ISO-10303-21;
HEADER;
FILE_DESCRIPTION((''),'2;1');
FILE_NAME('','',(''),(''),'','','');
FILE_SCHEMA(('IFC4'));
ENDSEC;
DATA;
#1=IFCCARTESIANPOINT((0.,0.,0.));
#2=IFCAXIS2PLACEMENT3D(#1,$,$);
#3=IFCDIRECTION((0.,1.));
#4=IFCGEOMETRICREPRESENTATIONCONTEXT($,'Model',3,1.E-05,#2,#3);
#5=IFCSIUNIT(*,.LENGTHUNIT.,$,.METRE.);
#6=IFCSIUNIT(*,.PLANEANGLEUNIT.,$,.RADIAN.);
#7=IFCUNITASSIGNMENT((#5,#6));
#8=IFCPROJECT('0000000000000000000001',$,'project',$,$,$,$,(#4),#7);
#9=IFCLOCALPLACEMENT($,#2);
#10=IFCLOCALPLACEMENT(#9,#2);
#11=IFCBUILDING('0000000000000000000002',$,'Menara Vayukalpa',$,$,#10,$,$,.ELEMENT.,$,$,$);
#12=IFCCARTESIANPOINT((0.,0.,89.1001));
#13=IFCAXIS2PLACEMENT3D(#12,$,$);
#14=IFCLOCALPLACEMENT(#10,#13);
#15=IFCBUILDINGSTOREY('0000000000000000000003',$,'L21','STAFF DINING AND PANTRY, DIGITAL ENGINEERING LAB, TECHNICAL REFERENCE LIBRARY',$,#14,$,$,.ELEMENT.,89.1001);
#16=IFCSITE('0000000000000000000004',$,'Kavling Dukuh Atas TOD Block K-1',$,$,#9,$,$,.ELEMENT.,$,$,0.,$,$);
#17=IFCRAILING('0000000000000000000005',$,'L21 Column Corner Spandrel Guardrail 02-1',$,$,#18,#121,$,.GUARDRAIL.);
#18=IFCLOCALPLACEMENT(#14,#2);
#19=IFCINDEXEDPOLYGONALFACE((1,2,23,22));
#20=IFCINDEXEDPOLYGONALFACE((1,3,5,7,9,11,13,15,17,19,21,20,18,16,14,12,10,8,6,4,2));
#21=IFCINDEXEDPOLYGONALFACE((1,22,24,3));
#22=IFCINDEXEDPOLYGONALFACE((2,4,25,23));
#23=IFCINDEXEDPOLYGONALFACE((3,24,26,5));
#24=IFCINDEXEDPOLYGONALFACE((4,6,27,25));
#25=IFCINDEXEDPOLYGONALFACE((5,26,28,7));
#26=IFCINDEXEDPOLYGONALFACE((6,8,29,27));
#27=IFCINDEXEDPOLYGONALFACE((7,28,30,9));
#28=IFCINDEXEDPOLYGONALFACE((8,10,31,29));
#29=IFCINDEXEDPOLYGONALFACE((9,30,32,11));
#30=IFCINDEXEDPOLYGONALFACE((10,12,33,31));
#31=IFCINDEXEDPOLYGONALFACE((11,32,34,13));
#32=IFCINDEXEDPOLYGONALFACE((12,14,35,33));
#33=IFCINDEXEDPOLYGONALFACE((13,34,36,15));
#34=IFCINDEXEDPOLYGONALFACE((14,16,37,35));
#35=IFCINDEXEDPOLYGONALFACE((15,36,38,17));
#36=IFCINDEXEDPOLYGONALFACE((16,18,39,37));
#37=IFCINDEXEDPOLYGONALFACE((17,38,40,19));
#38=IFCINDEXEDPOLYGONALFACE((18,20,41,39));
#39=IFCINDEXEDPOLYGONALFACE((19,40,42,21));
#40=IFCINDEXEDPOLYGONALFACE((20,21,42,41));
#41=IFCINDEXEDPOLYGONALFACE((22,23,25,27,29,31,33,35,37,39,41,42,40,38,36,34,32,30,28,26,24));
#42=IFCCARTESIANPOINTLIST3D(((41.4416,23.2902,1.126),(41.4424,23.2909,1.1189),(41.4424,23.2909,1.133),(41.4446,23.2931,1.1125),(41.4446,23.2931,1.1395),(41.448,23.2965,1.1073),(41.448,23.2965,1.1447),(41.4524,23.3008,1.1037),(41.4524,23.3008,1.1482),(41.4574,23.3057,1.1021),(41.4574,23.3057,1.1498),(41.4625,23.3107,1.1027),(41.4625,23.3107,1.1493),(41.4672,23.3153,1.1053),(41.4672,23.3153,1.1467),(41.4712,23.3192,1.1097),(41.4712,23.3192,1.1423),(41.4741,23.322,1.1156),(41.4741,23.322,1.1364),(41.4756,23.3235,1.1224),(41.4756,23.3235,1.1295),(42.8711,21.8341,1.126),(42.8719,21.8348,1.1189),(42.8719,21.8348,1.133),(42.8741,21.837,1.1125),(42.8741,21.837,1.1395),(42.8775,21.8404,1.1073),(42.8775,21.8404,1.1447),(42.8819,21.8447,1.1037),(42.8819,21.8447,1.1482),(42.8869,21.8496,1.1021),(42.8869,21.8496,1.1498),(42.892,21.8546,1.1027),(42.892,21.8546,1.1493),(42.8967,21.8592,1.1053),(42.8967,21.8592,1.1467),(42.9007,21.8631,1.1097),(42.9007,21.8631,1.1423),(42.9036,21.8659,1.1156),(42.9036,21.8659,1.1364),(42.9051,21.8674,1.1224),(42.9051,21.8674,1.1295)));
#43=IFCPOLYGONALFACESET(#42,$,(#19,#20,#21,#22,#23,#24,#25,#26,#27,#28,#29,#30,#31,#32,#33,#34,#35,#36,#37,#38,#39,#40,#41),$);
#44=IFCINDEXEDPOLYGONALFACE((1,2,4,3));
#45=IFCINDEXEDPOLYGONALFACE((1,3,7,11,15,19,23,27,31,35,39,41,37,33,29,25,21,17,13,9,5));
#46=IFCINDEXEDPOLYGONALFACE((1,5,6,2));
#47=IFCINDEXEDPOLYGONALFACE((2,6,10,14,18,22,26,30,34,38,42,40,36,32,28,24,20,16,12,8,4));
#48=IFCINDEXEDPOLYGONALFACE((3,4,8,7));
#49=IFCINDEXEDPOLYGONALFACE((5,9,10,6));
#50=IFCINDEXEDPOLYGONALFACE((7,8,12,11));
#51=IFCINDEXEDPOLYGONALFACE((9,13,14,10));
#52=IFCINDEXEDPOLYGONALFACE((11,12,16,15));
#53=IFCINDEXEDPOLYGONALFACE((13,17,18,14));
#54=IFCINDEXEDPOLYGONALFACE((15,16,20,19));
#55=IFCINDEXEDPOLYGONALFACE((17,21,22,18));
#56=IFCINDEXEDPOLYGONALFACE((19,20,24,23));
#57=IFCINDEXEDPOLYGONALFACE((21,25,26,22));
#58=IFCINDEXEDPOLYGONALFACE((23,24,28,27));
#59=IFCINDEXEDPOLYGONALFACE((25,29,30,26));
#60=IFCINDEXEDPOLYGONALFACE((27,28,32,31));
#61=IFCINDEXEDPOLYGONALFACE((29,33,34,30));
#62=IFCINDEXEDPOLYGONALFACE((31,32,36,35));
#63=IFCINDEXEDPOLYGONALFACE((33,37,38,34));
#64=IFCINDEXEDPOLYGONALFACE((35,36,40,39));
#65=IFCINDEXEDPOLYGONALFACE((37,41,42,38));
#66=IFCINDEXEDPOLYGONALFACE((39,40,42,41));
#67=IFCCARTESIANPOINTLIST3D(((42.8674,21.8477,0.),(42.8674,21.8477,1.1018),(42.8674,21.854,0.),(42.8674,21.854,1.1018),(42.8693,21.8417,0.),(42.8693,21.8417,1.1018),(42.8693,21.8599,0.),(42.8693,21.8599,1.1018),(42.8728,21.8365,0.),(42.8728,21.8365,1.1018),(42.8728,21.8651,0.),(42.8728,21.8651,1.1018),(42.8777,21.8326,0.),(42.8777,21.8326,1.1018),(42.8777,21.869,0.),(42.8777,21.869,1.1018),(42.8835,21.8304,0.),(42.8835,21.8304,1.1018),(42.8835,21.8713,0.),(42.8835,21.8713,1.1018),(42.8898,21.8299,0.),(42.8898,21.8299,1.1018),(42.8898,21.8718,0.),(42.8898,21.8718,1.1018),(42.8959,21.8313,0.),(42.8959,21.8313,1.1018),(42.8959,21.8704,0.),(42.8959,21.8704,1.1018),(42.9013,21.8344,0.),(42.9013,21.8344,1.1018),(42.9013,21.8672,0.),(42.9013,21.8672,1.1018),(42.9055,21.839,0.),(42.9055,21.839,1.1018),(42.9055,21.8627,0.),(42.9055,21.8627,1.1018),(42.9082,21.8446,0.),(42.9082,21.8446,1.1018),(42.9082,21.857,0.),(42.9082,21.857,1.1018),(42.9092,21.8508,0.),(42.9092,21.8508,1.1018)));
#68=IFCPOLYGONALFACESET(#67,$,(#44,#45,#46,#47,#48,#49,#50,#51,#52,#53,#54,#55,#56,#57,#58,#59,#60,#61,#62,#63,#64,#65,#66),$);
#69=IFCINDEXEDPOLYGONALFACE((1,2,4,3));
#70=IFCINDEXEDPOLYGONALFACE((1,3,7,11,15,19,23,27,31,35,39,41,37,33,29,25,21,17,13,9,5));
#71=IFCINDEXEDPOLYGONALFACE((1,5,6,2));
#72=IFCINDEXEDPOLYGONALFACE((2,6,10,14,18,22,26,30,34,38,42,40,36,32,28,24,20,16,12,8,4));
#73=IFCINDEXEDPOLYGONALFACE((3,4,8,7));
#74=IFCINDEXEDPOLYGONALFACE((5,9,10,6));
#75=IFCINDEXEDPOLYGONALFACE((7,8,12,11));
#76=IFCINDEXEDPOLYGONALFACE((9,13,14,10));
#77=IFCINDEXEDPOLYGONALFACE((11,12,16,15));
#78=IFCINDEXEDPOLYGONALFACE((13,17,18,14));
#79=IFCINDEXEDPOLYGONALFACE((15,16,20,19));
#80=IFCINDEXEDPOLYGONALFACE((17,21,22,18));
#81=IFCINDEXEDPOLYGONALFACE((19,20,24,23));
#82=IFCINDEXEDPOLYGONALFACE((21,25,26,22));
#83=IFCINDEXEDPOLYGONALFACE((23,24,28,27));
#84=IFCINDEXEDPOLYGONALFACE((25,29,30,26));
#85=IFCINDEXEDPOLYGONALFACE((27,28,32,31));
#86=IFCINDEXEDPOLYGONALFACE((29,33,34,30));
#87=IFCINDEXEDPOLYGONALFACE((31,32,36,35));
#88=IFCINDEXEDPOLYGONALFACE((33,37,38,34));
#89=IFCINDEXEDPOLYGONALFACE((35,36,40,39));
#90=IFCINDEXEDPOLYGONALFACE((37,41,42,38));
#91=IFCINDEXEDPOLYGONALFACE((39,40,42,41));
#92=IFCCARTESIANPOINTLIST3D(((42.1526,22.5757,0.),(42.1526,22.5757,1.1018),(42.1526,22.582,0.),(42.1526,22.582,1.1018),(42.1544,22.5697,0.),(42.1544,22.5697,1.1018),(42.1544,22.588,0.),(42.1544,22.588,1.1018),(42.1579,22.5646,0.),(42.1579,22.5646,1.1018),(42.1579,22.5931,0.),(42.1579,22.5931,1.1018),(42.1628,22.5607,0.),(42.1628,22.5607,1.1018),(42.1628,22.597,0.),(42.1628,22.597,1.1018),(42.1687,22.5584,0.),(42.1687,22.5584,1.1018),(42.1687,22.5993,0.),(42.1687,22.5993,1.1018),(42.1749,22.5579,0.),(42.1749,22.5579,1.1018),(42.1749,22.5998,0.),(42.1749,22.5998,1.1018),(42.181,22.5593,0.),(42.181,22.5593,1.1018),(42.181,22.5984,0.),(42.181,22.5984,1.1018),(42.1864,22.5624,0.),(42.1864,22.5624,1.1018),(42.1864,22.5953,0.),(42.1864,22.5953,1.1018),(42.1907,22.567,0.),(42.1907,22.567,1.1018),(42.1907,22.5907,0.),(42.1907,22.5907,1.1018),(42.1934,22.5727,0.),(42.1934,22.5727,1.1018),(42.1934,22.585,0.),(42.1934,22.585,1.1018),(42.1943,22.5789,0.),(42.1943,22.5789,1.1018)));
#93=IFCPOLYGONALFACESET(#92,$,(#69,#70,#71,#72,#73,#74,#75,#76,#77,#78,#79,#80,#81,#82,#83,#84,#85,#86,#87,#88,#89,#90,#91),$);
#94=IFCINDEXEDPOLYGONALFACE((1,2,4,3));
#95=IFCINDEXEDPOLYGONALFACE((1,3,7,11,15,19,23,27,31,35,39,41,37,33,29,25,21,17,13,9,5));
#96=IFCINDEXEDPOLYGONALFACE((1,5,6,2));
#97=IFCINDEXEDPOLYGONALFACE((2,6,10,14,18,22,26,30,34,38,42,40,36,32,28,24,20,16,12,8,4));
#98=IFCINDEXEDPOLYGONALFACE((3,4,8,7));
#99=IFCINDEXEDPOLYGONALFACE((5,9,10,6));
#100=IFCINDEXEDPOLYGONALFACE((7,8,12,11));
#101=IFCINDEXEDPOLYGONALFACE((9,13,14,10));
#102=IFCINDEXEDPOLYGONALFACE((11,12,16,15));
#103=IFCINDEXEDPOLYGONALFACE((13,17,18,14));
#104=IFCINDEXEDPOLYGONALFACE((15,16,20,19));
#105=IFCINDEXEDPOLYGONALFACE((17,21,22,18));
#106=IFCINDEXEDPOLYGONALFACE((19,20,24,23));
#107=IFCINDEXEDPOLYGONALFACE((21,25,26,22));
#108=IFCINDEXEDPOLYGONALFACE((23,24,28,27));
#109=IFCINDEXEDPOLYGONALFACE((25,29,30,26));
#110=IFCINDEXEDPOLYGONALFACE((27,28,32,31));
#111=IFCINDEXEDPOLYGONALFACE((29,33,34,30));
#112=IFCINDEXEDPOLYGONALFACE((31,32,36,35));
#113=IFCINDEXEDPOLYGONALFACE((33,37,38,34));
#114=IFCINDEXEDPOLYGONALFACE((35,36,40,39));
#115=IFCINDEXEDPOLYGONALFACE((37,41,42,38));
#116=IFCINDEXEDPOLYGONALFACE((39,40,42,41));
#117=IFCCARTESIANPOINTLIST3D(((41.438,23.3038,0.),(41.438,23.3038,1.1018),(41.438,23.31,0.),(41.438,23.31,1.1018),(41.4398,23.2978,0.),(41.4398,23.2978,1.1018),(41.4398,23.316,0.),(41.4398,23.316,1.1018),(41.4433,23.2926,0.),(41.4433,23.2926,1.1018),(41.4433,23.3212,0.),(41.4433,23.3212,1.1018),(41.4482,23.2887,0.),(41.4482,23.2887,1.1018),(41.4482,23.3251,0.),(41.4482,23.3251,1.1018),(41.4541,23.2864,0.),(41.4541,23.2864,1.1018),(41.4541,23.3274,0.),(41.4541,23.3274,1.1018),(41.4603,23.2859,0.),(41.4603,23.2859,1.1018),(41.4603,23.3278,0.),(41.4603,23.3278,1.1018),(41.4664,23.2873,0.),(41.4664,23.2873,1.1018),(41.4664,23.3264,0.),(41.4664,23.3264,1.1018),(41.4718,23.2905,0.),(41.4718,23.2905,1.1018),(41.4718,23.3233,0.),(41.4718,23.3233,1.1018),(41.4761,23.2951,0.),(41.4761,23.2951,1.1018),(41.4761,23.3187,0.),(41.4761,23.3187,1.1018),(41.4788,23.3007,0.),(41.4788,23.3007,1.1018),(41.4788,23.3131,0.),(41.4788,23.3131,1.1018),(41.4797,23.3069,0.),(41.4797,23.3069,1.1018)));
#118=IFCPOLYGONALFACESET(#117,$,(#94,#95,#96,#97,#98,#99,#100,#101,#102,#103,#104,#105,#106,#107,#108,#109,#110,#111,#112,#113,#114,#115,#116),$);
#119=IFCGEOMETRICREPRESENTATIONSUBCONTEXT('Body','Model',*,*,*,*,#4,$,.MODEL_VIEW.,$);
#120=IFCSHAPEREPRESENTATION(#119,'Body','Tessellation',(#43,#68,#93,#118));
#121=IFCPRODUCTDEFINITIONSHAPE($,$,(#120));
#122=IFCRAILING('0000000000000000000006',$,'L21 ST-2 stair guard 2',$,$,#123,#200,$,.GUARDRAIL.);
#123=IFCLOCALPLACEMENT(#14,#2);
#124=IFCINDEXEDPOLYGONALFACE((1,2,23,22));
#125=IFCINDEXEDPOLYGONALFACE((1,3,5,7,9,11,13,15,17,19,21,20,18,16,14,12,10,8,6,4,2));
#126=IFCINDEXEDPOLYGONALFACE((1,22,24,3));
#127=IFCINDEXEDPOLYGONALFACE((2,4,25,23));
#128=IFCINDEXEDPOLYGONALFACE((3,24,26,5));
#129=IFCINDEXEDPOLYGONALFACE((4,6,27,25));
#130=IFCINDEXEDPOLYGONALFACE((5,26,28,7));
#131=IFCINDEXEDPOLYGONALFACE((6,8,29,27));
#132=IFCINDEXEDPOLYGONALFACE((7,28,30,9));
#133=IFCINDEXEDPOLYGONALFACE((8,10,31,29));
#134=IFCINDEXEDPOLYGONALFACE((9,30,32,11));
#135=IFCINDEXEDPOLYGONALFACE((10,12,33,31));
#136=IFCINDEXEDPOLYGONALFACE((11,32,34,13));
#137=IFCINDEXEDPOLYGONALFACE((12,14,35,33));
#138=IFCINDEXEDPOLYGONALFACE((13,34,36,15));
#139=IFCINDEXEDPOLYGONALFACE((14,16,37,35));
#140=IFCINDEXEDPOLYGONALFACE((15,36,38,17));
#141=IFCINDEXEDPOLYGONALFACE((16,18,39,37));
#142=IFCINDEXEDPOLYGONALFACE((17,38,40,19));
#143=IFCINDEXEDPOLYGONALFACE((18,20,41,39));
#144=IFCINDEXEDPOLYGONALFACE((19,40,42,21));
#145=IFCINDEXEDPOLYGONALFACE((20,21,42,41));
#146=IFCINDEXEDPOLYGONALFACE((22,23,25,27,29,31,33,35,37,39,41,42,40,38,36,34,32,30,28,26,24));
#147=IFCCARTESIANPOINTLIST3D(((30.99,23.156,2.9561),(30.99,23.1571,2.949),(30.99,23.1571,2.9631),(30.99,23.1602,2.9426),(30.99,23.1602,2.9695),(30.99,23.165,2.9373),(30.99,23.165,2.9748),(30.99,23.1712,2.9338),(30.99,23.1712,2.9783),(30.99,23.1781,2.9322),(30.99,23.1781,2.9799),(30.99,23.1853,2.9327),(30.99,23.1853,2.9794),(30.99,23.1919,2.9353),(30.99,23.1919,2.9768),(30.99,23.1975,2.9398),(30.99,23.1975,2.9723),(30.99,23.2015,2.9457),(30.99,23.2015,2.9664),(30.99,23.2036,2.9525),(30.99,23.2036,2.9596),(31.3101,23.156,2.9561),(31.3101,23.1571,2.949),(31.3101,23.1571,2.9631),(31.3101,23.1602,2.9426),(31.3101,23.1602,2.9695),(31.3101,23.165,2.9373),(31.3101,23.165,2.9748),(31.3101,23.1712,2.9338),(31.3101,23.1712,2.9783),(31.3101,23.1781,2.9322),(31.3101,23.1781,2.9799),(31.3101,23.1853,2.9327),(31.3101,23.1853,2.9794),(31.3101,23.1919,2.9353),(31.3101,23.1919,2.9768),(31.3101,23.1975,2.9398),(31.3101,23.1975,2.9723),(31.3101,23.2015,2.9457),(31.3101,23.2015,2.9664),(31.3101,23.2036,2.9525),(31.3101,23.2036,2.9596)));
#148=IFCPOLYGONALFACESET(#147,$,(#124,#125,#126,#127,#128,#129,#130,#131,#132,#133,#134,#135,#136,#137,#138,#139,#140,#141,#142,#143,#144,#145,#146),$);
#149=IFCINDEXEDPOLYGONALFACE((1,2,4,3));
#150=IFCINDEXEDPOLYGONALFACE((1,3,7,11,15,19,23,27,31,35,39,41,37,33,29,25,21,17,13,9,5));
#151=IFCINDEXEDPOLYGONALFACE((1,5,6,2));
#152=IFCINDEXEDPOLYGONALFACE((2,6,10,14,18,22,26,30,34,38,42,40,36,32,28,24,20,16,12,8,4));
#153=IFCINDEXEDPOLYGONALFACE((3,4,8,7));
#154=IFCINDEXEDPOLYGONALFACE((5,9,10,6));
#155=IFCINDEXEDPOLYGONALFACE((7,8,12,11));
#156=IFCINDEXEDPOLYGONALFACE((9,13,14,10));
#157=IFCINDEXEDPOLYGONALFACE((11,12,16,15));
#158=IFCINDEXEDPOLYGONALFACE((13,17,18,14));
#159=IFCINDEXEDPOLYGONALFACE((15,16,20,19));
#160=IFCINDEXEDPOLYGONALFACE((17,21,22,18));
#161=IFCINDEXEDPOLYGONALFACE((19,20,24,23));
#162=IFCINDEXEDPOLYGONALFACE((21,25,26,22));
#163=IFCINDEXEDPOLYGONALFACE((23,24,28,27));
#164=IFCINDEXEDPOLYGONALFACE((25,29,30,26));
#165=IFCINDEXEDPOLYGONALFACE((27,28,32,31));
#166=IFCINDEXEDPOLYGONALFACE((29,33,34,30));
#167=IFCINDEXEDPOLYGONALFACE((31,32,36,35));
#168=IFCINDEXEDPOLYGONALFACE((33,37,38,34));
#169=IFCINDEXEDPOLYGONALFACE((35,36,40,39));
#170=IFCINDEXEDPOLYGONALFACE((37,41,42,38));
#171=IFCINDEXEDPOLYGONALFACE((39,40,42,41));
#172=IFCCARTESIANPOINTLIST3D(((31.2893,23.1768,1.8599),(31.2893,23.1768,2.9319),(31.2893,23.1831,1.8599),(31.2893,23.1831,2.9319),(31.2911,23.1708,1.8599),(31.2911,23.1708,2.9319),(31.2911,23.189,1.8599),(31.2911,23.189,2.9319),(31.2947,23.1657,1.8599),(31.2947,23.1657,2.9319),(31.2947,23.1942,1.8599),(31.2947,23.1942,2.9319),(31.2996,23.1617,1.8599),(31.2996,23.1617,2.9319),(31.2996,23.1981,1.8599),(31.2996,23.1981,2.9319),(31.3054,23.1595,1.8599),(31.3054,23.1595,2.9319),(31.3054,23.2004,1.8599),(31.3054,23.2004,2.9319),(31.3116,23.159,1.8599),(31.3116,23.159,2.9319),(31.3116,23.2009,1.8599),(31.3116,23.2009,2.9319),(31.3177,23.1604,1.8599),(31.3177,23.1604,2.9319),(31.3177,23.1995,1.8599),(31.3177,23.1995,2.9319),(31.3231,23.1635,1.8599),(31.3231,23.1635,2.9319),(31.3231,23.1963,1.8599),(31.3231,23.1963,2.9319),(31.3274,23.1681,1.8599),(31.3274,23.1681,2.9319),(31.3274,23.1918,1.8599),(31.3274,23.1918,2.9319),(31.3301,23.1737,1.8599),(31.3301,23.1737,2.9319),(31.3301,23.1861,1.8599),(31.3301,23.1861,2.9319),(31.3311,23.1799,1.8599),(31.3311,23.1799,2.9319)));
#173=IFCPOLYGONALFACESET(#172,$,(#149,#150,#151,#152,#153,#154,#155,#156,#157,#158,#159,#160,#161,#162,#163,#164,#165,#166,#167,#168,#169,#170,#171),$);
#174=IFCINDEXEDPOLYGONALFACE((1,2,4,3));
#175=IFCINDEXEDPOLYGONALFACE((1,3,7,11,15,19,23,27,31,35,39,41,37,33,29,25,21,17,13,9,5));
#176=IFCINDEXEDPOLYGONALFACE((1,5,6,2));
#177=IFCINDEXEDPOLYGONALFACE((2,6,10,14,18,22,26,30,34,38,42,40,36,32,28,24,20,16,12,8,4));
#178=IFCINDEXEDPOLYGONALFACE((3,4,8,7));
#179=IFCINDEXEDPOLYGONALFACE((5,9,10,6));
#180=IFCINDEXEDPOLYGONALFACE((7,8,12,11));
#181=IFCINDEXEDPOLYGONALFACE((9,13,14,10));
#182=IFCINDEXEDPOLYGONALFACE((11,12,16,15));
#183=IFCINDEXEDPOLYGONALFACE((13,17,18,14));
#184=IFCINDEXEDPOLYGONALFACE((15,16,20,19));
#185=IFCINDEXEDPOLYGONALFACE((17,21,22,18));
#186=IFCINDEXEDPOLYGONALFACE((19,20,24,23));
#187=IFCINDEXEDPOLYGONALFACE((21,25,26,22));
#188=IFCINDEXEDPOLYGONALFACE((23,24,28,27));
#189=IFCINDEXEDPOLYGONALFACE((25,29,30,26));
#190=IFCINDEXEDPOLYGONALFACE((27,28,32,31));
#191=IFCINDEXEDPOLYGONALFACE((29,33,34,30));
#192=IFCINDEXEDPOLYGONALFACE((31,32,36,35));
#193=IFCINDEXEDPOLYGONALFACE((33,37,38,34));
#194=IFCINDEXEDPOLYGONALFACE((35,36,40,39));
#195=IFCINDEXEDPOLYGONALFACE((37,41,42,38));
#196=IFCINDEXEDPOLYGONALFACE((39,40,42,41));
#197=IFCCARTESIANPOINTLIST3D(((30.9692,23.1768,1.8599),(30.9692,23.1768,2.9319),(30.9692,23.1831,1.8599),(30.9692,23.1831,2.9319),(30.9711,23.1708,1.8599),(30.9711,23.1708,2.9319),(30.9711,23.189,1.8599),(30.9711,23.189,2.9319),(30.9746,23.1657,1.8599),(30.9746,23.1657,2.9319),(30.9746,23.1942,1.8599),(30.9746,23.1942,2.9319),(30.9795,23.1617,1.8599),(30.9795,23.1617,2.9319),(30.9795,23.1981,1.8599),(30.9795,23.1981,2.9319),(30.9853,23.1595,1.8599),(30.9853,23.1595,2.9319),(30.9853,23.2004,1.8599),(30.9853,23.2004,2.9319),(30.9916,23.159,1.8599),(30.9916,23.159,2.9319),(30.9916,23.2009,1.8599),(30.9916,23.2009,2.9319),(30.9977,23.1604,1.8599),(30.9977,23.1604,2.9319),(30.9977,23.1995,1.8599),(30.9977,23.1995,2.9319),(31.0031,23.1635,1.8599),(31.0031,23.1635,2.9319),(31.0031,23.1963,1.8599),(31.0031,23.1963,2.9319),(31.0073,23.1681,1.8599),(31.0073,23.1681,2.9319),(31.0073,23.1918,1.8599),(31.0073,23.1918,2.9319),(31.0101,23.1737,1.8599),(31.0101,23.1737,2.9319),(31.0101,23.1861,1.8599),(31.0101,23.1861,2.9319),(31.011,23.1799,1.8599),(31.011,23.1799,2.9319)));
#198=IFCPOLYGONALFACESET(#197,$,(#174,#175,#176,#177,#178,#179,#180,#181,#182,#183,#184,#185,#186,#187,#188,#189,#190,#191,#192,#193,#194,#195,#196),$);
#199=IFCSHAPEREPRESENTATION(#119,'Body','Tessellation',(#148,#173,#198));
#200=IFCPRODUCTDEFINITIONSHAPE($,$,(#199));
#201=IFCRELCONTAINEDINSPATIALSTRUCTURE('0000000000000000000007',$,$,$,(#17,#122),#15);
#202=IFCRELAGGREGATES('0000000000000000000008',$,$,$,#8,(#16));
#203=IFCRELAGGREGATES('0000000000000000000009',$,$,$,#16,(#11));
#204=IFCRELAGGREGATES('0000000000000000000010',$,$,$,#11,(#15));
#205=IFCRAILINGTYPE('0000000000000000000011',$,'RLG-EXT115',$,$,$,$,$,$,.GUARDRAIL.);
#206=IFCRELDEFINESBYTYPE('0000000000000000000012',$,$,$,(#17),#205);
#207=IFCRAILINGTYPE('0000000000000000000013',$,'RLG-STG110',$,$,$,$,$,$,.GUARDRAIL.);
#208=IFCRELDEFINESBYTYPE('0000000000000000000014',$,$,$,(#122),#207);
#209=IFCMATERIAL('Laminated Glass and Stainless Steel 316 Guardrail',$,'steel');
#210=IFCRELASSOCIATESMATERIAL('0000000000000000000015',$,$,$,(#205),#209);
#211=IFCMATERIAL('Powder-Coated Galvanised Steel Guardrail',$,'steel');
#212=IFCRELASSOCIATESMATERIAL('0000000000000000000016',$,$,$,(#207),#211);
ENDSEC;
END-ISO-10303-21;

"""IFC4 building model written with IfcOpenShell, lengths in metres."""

from ifc_helpers import new_model, si_unit, direction, frame, origin, origin_2d, place, context, subcontext, project, spatial, circle, extrude, material, type_object, element, save


model = new_model("IFC4")

# Units and contexts
model_context = context("Model", 3, precision=1e-05, world=origin(), true_north=direction((0.0, 1.0)))
body_context = subcontext(model_context, "Body", "Model", "MODEL_VIEW")
ifc_project = project(units=[si_unit("LENGTHUNIT", "METRE"), si_unit("PLANEANGLEUNIT", "RADIAN")], contexts=[model_context])

# Site, building, storey
site_placement = place(None, origin())
site = spatial("IfcSite", under=ifc_project, at=site_placement, Name="Kavling Dukuh Atas TOD Block K-1", CompositionType="ELEMENT", RefElevation=0.0)
building_placement = place(site_placement, origin())
building = spatial("IfcBuilding", under=site, at=building_placement, Name="Menara Vayukalpa", CompositionType="ELEMENT")
storey_placement = place(building_placement, frame((0.0, 0.0, 89.1001)))
storey = spatial("IfcBuildingStorey", under=building, at=storey_placement, Name="L21", Description="STAFF DINING AND PANTRY, DIGITAL ENGINEERING LAB, TECHNICAL REFERENCE LIBRARY", CompositionType="ELEMENT", Elevation=89.1001)

# Railings
ifc_material_1 = material(Name="Laminated Glass and Stainless Steel 316 Guardrail", Category="steel")
railing_type_1 = type_object("IfcRailingType", Name="RLG-EXT115", PredefinedType="GUARDRAIL", material=ifc_material_1)
railing_1_placement = place(storey_placement, frame((42.8882, 21.8508, 0.0)))
element("IfcRailing", 1, at=railing_1_placement, inside=storey, type_object=railing_type_1, Name="L21 Column Corner Spandrel Guardrail 02-1", PredefinedType="GUARDRAIL", context=body_context, shape_type="SweptSolid", body=[
    extrude(circle(Radius=0.0239, at=origin_2d()), frame((0.0, 0.0, 1.126), z_axis=(-0.700556, 0.713598, 0.0), x_axis=(-0.713598, -0.700556, 0.0)), (0.0, 0.0, 1.0), 2.0405),
    extrude(circle(Radius=0.021, at=origin_2d()), origin(), (0.0, 0.0, 1.0), 1.1018),
    extrude(circle(Radius=0.021, at=origin_2d()), frame((-0.7148, 0.728, 0.0)), (0.0, 0.0, 1.0), 1.1018),
    extrude(circle(Radius=0.021, at=origin_2d()), frame((-1.4294, 1.4561, 0.0)), (0.0, 0.0, 1.0), 1.1018),
])
ifc_material_2 = material(Name="Powder-Coated Galvanised Steel Guardrail", Category="steel")
railing_type_2 = type_object("IfcRailingType", Name="RLG-STG110", PredefinedType="GUARDRAIL", material=ifc_material_2)
railing_2_placement = place(storey_placement, frame((31.3101, 23.1799, 1.8599)))
element("IfcRailing", 2, at=railing_2_placement, inside=storey, type_object=railing_type_2, Name="L21 ST-2 stair guard 2", PredefinedType="GUARDRAIL", context=body_context, shape_type="SweptSolid", body=[
    extrude(circle(Radius=0.0239, at=origin_2d()), frame((0.0, 0.0, 1.0962), z_axis=(-1.0, 0.0, 0.0), x_axis=(0.0, -1.0, 0.0)), (0.0, 0.0, 1.0), 0.3201),
    extrude(circle(Radius=0.021, at=origin_2d()), origin(), (0.0, 0.0, 1.0), 1.072),
    extrude(circle(Radius=0.021, at=origin_2d()), frame((-0.3201, 0.0, 0.0)), (0.0, 0.0, 1.0), 1.072),
])

save(model, "model.ifc")
